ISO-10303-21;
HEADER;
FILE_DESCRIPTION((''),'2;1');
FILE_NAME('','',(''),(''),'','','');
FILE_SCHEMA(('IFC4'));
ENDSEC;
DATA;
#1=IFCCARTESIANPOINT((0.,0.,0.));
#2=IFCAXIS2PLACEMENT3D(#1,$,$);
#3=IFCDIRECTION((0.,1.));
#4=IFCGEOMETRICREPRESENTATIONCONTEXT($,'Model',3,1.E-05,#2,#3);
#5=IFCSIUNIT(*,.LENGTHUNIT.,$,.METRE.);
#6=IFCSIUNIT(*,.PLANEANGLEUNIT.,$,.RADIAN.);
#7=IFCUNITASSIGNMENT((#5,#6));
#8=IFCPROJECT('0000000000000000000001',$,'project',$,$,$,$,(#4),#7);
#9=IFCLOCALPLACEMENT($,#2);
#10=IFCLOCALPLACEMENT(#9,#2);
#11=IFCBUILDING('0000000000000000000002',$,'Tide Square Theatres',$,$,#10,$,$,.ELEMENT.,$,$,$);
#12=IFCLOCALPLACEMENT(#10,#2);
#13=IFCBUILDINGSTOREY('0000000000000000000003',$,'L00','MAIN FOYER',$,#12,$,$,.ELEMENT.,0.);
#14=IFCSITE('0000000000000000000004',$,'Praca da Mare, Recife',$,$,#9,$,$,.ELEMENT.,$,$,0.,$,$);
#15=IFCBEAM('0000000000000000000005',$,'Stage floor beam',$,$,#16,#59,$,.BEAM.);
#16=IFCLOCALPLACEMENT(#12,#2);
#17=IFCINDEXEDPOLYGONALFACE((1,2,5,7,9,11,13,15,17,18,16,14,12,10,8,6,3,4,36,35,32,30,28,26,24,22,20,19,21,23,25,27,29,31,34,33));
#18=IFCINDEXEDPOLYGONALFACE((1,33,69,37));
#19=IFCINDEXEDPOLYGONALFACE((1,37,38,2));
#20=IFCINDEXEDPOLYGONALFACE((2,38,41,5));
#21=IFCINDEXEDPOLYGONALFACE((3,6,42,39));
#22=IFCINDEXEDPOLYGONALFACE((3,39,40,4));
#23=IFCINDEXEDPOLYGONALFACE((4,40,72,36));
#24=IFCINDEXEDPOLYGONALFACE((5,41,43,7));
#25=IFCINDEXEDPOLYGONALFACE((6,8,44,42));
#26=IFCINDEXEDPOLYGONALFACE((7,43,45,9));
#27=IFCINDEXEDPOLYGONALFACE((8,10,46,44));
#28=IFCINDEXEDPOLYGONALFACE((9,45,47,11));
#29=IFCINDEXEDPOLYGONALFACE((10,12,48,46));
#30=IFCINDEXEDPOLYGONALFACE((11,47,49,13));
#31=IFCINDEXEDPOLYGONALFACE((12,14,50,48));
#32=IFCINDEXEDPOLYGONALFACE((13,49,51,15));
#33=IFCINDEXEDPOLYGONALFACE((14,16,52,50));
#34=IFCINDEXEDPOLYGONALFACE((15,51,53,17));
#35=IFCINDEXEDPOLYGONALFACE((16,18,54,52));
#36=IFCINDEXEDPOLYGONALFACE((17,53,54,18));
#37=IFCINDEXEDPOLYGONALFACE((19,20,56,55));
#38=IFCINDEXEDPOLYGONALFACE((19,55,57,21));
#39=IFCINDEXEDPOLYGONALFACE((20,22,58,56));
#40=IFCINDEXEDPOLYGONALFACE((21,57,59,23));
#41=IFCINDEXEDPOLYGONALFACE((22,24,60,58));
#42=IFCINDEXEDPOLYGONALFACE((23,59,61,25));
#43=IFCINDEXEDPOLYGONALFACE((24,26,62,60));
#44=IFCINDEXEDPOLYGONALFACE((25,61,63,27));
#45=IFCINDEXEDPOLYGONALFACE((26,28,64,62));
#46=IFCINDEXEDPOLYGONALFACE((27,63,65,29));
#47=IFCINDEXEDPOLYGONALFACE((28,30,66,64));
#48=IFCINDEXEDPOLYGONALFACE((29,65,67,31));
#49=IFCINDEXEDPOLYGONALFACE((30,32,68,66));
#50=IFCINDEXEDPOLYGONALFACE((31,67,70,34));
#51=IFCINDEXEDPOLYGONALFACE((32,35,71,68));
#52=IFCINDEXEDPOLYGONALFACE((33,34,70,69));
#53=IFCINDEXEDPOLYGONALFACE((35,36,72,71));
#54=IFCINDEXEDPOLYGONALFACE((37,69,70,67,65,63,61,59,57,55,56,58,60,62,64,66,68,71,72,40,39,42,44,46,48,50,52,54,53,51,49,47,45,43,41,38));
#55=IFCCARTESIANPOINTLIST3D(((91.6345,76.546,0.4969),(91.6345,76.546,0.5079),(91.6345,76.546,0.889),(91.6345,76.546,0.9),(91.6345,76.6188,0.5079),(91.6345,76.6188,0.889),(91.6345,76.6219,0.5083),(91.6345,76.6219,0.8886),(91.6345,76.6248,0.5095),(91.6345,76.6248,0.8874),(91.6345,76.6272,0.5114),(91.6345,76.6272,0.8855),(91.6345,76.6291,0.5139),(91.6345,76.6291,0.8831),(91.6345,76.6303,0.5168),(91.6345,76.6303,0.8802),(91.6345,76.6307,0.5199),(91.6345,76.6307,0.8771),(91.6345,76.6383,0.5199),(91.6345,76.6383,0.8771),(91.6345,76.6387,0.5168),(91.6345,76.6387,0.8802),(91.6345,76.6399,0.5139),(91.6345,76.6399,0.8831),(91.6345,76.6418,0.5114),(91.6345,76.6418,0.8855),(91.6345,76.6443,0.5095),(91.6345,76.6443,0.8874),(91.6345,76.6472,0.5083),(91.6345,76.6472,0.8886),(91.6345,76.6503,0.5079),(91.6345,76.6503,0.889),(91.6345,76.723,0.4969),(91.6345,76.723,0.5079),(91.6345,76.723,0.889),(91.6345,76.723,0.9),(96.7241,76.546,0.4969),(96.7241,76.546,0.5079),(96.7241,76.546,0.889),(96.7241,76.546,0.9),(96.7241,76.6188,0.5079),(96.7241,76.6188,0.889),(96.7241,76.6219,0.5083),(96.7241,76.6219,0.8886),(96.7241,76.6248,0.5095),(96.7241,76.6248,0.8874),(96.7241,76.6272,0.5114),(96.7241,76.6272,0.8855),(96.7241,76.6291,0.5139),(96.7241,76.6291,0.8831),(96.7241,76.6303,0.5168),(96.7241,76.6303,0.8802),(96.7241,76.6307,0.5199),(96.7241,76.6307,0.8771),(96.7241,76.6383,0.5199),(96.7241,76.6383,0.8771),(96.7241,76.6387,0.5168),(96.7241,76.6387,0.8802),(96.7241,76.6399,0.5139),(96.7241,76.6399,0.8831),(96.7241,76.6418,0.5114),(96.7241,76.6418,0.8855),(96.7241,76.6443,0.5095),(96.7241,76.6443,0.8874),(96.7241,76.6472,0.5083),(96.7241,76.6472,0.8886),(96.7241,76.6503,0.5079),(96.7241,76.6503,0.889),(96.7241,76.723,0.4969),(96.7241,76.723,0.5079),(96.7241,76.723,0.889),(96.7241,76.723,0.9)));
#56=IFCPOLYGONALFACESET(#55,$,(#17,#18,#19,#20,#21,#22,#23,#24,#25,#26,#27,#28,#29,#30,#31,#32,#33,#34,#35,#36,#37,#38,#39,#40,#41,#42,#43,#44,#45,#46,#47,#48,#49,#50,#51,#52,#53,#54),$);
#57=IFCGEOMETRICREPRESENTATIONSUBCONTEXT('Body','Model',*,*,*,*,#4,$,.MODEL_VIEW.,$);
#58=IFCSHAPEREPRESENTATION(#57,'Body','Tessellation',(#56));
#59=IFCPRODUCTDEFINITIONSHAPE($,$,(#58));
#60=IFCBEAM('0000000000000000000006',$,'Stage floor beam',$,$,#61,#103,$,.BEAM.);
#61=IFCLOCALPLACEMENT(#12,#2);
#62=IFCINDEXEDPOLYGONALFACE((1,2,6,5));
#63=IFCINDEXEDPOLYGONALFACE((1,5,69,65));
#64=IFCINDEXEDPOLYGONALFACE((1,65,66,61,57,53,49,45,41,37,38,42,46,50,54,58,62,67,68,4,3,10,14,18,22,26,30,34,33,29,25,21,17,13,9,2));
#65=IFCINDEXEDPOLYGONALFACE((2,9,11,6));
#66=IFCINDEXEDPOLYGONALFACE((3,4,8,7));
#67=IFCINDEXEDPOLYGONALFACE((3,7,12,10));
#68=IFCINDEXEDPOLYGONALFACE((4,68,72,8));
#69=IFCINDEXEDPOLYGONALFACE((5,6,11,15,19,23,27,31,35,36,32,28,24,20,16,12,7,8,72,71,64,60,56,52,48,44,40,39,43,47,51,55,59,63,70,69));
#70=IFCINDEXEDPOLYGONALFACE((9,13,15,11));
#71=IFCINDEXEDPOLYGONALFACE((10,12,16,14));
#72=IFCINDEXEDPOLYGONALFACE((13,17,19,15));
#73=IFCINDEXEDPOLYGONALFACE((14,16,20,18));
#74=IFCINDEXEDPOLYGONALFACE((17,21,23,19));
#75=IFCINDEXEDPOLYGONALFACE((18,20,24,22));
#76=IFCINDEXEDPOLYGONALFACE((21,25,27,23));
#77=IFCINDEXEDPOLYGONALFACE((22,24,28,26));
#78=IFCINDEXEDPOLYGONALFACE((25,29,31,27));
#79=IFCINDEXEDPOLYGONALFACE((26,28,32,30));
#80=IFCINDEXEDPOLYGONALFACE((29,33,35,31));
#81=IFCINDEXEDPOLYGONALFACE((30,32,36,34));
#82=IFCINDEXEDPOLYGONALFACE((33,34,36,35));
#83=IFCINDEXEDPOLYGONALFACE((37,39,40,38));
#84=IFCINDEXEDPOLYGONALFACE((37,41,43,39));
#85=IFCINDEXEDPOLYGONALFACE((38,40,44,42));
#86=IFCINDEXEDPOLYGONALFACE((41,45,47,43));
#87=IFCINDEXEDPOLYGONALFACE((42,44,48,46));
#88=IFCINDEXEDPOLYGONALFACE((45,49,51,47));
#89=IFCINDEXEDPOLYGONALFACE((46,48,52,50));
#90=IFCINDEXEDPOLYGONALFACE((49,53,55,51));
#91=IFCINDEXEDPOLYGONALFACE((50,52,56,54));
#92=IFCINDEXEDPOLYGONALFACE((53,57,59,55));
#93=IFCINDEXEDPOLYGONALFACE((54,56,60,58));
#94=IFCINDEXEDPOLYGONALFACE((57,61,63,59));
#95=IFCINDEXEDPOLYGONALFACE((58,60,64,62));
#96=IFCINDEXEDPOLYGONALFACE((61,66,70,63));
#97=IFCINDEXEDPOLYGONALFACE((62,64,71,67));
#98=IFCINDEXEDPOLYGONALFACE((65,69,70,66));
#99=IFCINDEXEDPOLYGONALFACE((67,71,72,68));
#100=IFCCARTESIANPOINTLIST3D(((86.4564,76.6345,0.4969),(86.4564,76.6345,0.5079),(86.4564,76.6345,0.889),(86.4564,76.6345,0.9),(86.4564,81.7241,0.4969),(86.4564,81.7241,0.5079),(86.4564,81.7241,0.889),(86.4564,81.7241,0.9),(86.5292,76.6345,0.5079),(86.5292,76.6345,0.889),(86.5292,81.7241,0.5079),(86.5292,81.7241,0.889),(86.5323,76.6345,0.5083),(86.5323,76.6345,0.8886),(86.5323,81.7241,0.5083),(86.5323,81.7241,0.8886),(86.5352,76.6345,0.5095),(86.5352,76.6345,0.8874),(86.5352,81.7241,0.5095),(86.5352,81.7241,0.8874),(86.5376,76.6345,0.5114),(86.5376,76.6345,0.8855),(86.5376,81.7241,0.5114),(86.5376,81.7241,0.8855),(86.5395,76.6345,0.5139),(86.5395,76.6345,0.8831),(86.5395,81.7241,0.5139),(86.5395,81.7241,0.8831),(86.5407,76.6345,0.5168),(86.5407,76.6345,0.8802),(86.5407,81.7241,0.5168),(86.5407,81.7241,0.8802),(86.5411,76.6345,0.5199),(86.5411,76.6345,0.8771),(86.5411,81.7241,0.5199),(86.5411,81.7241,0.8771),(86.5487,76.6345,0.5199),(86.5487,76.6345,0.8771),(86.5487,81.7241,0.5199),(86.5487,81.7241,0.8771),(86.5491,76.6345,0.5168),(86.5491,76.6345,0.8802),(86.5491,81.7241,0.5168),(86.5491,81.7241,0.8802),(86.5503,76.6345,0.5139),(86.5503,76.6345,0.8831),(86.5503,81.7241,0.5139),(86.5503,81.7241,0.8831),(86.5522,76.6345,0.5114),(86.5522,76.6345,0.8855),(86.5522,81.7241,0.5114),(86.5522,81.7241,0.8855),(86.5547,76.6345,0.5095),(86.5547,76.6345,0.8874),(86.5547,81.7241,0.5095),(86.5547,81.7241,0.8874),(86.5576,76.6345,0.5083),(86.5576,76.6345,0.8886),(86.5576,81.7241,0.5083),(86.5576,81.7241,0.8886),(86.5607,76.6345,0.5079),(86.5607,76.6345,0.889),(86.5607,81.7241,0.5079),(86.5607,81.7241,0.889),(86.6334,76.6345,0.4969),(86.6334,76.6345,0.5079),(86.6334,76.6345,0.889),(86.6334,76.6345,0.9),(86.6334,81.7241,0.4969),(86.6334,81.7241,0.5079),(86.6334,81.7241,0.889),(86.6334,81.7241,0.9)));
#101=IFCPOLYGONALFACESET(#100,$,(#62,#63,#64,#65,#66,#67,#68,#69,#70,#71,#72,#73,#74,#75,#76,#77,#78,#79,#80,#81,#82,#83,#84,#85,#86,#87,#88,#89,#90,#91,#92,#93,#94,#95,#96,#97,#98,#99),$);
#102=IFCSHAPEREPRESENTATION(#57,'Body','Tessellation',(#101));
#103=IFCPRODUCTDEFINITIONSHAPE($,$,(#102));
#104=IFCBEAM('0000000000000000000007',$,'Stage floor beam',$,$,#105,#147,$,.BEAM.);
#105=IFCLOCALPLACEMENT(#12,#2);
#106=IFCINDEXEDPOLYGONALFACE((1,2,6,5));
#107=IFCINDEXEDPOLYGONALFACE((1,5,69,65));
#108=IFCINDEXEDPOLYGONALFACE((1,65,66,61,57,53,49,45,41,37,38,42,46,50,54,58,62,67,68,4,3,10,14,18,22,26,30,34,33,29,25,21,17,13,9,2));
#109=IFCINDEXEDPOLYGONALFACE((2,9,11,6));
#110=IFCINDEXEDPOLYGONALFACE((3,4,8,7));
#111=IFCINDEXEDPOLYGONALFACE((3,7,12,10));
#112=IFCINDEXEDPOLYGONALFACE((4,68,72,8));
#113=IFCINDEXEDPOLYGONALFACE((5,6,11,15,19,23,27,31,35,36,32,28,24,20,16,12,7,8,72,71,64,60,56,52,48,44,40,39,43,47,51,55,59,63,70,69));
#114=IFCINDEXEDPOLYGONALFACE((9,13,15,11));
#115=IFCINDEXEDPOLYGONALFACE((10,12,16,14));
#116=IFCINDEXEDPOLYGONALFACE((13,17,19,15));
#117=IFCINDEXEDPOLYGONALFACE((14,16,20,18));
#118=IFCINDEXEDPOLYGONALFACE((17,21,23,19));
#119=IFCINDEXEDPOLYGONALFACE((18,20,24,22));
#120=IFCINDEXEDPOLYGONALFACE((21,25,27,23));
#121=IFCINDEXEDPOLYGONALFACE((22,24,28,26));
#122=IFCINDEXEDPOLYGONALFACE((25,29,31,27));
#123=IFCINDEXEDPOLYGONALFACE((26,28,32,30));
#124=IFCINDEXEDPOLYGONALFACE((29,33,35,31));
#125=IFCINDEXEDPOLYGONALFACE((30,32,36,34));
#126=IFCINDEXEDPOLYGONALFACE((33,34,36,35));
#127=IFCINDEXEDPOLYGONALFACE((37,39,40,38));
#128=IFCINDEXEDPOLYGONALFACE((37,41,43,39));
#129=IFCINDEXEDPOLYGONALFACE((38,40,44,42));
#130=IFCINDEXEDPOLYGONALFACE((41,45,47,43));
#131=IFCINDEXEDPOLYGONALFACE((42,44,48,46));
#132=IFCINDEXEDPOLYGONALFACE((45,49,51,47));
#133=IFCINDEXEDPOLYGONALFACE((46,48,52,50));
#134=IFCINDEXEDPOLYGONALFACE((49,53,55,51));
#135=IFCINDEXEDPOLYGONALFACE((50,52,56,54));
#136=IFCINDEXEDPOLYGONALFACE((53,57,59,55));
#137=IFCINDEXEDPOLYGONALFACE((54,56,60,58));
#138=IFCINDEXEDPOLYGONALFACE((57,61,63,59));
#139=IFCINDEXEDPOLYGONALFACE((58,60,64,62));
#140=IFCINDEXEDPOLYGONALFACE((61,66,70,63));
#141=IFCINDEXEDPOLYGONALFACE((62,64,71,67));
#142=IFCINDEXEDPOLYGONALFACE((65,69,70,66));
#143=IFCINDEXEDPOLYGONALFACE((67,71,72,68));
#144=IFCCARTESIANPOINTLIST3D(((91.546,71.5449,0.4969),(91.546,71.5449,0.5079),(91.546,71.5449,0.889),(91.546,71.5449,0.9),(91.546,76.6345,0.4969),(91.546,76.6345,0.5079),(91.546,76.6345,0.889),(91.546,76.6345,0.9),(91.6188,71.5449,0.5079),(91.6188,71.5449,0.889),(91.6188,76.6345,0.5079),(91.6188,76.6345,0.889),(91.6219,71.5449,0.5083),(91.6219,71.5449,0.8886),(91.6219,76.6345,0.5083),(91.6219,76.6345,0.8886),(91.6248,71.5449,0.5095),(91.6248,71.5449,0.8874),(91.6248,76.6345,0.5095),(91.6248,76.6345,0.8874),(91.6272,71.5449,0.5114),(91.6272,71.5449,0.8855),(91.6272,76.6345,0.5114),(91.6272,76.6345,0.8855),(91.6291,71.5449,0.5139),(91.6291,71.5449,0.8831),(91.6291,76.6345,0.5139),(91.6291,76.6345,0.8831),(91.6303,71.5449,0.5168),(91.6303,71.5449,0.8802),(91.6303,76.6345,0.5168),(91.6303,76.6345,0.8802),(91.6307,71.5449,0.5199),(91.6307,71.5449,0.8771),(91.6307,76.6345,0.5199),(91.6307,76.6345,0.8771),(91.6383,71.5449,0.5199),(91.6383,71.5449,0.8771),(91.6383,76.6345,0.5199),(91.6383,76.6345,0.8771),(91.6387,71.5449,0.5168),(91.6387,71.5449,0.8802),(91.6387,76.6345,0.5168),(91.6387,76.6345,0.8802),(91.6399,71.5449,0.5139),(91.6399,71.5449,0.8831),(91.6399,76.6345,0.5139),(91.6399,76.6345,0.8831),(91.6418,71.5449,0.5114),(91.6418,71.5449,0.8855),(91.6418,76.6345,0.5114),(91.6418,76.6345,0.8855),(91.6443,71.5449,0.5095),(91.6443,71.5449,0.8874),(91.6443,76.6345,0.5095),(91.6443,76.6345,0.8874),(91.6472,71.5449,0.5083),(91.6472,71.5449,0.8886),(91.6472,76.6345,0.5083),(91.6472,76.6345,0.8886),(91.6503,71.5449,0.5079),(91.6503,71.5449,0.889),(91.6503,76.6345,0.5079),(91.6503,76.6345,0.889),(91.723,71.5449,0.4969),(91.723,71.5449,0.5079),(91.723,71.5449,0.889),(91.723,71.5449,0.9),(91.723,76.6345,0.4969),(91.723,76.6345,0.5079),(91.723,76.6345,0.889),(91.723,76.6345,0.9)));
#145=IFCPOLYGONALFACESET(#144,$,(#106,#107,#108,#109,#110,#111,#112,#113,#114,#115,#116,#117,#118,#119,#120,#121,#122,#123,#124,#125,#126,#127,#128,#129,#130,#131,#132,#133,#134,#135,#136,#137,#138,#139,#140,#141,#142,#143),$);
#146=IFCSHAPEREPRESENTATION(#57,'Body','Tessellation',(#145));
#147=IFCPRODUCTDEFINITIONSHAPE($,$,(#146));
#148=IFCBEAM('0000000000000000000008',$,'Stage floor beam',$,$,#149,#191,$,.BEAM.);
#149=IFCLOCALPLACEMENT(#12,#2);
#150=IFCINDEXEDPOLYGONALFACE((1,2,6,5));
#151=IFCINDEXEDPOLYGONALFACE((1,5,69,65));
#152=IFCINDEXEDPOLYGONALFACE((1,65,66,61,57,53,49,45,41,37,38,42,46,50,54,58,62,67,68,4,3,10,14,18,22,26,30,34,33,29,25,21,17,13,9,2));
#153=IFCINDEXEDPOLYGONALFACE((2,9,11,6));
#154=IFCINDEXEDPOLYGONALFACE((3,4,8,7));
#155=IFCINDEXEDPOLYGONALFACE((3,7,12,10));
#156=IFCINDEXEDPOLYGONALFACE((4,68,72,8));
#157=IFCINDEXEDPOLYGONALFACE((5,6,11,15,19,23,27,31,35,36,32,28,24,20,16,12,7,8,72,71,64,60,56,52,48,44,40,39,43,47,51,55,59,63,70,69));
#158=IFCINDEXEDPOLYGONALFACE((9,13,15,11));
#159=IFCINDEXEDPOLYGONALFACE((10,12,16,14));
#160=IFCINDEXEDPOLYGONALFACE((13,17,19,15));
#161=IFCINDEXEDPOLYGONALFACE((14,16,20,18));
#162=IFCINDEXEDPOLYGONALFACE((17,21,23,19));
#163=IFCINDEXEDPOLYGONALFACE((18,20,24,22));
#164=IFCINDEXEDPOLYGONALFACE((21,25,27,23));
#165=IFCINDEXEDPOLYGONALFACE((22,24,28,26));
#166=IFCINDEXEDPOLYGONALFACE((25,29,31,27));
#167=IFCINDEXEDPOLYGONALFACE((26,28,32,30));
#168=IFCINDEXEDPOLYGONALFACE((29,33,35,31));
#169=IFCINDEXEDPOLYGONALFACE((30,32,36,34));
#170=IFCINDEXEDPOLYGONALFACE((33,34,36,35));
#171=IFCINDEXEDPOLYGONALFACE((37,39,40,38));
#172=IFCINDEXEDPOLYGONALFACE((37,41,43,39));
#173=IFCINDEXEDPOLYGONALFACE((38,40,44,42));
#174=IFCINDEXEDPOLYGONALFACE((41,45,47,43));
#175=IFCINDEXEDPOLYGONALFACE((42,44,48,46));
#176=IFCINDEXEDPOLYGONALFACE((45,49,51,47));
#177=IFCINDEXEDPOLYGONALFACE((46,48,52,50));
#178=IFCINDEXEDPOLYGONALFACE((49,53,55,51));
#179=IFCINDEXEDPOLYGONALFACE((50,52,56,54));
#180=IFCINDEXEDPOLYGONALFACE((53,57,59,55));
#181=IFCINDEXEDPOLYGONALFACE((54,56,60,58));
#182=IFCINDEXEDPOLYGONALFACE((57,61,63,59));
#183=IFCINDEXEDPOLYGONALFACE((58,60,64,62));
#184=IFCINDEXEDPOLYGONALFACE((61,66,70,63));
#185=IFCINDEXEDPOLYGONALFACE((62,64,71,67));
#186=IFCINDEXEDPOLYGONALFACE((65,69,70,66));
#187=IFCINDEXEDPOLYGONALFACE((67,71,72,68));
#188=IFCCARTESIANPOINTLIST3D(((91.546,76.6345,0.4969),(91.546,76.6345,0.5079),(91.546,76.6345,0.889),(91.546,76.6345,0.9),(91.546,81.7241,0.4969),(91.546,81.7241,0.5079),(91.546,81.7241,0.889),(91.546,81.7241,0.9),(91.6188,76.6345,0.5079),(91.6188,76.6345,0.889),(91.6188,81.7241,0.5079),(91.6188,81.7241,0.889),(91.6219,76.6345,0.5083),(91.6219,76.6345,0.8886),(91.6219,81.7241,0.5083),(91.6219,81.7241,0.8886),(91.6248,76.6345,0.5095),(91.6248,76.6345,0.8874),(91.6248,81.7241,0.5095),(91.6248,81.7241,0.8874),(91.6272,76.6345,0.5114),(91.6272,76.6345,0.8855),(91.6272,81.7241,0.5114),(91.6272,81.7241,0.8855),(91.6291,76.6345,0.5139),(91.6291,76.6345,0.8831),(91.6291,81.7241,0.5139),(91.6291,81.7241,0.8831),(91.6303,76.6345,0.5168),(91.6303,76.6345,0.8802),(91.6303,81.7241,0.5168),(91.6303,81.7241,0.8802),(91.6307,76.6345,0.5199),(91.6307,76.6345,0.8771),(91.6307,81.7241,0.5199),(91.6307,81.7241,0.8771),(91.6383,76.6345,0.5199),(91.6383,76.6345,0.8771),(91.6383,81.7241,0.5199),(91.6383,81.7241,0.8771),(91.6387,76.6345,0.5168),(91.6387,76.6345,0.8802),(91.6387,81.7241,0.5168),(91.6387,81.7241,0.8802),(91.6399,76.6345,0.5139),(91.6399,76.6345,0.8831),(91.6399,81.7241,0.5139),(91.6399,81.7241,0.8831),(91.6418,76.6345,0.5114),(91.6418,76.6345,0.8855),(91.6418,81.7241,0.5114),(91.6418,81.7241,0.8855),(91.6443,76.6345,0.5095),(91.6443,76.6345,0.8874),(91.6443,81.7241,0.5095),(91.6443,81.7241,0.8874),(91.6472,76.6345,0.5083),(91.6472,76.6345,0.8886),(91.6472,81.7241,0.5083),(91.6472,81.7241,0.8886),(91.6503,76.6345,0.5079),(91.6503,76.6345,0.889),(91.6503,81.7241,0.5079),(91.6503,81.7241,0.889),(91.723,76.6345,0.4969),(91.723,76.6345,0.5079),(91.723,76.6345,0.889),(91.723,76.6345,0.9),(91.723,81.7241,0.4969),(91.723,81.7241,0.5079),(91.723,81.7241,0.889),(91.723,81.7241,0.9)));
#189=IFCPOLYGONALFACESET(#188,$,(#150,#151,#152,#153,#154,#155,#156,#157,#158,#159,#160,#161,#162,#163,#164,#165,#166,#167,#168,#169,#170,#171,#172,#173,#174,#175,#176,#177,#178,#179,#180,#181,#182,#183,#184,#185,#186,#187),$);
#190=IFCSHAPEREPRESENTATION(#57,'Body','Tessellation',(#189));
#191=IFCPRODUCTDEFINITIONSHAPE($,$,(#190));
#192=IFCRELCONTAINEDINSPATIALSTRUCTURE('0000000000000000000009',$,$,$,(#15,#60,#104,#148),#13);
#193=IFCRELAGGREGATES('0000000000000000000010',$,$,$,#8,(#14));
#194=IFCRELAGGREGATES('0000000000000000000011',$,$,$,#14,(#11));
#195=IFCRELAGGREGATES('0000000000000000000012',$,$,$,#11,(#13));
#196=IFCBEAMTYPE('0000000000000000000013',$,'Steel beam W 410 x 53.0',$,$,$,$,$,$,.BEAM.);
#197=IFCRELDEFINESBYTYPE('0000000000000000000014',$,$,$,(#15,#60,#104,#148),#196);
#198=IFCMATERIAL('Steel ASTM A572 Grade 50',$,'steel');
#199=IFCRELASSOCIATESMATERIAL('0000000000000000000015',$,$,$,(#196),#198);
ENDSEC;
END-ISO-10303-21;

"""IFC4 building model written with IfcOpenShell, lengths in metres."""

from ifc_helpers import new_model, si_unit, direction, frame, origin, origin_2d, place, context, subcontext, project, spatial, i_section, extrude, material, material_profile, profile_set, type_object, element, save


model = new_model("IFC4")

# Units and contexts
model_context = context("Model", 3, precision=1e-05, world=origin(), true_north=direction((0.0, 1.0)))
body_context = subcontext(model_context, "Body", "Model", "MODEL_VIEW")
ifc_project = project(units=[si_unit("LENGTHUNIT", "METRE"), si_unit("PLANEANGLEUNIT", "RADIAN")], contexts=[model_context])

# Site, building, storey
site_placement = place(None, origin())
site = spatial("IfcSite", under=ifc_project, at=site_placement, Name="Praca da Mare, Recife", CompositionType="ELEMENT", RefElevation=0.0)
building_placement = place(site_placement, origin())
building = spatial("IfcBuilding", under=site, at=building_placement, Name="Tide Square Theatres", CompositionType="ELEMENT")
storey_placement = place(building_placement, origin())
storey = spatial("IfcBuildingStorey", under=building, at=storey_placement, Name="L00", Description="MAIN FOYER", CompositionType="ELEMENT", Elevation=0.0)

# Beams
ifc_material_1 = material(Name="Steel ASTM A572 Grade 50", Category="steel")
ifc_material_profile_1 = material_profile(ifc_material_1, i_section(OverallWidth=0.177, OverallDepth=0.4031, WebThickness=0.0076, FlangeThickness=0.011, FilletRadius=0.012, at=origin_2d()))
ifc_profile_set_1 = profile_set([ifc_material_profile_1], Name="Steel ASTM A572 Grade 50")
beam_type = type_object("IfcBeamType", Name="Steel beam W 410 x 53.0", PredefinedType="BEAM", material=ifc_profile_set_1)
for number, where, z_axis, x_axis, name in (
    (1, (91.6345, 76.6345, 0.6985), (1.0, 0.0, 0.0), (0.0, 1.0, 0.0), "Stage floor beam"),
    (2, (86.5449, 76.6345, 0.6985), (0.0, 1.0, 0.0), (-1.0, 0.0, 0.0), "Stage floor beam"),
    (3, (91.6345, 71.5449, 0.6985), (0.0, 1.0, 0.0), (-1.0, 0.0, 0.0), "Stage floor beam"),
    (4, (91.6345, 76.6345, 0.6985), (0.0, 1.0, 0.0), (-1.0, 0.0, 0.0), "Stage floor beam"),
):
    element("IfcBeam", number, at=place(storey_placement, frame(where, z_axis=z_axis, x_axis=x_axis)), inside=storey, type_object=beam_type, Name=name, PredefinedType="BEAM", context=body_context, shape_type="SweptSolid", body=[
        extrude(i_section(OverallWidth=0.177, OverallDepth=0.4031, WebThickness=0.0076, FlangeThickness=0.011, FilletRadius=0.012, at=origin_2d()), origin(), (0.0, 0.0, 1.0), 5.0896),
    ])

save(model, "model.ifc")
